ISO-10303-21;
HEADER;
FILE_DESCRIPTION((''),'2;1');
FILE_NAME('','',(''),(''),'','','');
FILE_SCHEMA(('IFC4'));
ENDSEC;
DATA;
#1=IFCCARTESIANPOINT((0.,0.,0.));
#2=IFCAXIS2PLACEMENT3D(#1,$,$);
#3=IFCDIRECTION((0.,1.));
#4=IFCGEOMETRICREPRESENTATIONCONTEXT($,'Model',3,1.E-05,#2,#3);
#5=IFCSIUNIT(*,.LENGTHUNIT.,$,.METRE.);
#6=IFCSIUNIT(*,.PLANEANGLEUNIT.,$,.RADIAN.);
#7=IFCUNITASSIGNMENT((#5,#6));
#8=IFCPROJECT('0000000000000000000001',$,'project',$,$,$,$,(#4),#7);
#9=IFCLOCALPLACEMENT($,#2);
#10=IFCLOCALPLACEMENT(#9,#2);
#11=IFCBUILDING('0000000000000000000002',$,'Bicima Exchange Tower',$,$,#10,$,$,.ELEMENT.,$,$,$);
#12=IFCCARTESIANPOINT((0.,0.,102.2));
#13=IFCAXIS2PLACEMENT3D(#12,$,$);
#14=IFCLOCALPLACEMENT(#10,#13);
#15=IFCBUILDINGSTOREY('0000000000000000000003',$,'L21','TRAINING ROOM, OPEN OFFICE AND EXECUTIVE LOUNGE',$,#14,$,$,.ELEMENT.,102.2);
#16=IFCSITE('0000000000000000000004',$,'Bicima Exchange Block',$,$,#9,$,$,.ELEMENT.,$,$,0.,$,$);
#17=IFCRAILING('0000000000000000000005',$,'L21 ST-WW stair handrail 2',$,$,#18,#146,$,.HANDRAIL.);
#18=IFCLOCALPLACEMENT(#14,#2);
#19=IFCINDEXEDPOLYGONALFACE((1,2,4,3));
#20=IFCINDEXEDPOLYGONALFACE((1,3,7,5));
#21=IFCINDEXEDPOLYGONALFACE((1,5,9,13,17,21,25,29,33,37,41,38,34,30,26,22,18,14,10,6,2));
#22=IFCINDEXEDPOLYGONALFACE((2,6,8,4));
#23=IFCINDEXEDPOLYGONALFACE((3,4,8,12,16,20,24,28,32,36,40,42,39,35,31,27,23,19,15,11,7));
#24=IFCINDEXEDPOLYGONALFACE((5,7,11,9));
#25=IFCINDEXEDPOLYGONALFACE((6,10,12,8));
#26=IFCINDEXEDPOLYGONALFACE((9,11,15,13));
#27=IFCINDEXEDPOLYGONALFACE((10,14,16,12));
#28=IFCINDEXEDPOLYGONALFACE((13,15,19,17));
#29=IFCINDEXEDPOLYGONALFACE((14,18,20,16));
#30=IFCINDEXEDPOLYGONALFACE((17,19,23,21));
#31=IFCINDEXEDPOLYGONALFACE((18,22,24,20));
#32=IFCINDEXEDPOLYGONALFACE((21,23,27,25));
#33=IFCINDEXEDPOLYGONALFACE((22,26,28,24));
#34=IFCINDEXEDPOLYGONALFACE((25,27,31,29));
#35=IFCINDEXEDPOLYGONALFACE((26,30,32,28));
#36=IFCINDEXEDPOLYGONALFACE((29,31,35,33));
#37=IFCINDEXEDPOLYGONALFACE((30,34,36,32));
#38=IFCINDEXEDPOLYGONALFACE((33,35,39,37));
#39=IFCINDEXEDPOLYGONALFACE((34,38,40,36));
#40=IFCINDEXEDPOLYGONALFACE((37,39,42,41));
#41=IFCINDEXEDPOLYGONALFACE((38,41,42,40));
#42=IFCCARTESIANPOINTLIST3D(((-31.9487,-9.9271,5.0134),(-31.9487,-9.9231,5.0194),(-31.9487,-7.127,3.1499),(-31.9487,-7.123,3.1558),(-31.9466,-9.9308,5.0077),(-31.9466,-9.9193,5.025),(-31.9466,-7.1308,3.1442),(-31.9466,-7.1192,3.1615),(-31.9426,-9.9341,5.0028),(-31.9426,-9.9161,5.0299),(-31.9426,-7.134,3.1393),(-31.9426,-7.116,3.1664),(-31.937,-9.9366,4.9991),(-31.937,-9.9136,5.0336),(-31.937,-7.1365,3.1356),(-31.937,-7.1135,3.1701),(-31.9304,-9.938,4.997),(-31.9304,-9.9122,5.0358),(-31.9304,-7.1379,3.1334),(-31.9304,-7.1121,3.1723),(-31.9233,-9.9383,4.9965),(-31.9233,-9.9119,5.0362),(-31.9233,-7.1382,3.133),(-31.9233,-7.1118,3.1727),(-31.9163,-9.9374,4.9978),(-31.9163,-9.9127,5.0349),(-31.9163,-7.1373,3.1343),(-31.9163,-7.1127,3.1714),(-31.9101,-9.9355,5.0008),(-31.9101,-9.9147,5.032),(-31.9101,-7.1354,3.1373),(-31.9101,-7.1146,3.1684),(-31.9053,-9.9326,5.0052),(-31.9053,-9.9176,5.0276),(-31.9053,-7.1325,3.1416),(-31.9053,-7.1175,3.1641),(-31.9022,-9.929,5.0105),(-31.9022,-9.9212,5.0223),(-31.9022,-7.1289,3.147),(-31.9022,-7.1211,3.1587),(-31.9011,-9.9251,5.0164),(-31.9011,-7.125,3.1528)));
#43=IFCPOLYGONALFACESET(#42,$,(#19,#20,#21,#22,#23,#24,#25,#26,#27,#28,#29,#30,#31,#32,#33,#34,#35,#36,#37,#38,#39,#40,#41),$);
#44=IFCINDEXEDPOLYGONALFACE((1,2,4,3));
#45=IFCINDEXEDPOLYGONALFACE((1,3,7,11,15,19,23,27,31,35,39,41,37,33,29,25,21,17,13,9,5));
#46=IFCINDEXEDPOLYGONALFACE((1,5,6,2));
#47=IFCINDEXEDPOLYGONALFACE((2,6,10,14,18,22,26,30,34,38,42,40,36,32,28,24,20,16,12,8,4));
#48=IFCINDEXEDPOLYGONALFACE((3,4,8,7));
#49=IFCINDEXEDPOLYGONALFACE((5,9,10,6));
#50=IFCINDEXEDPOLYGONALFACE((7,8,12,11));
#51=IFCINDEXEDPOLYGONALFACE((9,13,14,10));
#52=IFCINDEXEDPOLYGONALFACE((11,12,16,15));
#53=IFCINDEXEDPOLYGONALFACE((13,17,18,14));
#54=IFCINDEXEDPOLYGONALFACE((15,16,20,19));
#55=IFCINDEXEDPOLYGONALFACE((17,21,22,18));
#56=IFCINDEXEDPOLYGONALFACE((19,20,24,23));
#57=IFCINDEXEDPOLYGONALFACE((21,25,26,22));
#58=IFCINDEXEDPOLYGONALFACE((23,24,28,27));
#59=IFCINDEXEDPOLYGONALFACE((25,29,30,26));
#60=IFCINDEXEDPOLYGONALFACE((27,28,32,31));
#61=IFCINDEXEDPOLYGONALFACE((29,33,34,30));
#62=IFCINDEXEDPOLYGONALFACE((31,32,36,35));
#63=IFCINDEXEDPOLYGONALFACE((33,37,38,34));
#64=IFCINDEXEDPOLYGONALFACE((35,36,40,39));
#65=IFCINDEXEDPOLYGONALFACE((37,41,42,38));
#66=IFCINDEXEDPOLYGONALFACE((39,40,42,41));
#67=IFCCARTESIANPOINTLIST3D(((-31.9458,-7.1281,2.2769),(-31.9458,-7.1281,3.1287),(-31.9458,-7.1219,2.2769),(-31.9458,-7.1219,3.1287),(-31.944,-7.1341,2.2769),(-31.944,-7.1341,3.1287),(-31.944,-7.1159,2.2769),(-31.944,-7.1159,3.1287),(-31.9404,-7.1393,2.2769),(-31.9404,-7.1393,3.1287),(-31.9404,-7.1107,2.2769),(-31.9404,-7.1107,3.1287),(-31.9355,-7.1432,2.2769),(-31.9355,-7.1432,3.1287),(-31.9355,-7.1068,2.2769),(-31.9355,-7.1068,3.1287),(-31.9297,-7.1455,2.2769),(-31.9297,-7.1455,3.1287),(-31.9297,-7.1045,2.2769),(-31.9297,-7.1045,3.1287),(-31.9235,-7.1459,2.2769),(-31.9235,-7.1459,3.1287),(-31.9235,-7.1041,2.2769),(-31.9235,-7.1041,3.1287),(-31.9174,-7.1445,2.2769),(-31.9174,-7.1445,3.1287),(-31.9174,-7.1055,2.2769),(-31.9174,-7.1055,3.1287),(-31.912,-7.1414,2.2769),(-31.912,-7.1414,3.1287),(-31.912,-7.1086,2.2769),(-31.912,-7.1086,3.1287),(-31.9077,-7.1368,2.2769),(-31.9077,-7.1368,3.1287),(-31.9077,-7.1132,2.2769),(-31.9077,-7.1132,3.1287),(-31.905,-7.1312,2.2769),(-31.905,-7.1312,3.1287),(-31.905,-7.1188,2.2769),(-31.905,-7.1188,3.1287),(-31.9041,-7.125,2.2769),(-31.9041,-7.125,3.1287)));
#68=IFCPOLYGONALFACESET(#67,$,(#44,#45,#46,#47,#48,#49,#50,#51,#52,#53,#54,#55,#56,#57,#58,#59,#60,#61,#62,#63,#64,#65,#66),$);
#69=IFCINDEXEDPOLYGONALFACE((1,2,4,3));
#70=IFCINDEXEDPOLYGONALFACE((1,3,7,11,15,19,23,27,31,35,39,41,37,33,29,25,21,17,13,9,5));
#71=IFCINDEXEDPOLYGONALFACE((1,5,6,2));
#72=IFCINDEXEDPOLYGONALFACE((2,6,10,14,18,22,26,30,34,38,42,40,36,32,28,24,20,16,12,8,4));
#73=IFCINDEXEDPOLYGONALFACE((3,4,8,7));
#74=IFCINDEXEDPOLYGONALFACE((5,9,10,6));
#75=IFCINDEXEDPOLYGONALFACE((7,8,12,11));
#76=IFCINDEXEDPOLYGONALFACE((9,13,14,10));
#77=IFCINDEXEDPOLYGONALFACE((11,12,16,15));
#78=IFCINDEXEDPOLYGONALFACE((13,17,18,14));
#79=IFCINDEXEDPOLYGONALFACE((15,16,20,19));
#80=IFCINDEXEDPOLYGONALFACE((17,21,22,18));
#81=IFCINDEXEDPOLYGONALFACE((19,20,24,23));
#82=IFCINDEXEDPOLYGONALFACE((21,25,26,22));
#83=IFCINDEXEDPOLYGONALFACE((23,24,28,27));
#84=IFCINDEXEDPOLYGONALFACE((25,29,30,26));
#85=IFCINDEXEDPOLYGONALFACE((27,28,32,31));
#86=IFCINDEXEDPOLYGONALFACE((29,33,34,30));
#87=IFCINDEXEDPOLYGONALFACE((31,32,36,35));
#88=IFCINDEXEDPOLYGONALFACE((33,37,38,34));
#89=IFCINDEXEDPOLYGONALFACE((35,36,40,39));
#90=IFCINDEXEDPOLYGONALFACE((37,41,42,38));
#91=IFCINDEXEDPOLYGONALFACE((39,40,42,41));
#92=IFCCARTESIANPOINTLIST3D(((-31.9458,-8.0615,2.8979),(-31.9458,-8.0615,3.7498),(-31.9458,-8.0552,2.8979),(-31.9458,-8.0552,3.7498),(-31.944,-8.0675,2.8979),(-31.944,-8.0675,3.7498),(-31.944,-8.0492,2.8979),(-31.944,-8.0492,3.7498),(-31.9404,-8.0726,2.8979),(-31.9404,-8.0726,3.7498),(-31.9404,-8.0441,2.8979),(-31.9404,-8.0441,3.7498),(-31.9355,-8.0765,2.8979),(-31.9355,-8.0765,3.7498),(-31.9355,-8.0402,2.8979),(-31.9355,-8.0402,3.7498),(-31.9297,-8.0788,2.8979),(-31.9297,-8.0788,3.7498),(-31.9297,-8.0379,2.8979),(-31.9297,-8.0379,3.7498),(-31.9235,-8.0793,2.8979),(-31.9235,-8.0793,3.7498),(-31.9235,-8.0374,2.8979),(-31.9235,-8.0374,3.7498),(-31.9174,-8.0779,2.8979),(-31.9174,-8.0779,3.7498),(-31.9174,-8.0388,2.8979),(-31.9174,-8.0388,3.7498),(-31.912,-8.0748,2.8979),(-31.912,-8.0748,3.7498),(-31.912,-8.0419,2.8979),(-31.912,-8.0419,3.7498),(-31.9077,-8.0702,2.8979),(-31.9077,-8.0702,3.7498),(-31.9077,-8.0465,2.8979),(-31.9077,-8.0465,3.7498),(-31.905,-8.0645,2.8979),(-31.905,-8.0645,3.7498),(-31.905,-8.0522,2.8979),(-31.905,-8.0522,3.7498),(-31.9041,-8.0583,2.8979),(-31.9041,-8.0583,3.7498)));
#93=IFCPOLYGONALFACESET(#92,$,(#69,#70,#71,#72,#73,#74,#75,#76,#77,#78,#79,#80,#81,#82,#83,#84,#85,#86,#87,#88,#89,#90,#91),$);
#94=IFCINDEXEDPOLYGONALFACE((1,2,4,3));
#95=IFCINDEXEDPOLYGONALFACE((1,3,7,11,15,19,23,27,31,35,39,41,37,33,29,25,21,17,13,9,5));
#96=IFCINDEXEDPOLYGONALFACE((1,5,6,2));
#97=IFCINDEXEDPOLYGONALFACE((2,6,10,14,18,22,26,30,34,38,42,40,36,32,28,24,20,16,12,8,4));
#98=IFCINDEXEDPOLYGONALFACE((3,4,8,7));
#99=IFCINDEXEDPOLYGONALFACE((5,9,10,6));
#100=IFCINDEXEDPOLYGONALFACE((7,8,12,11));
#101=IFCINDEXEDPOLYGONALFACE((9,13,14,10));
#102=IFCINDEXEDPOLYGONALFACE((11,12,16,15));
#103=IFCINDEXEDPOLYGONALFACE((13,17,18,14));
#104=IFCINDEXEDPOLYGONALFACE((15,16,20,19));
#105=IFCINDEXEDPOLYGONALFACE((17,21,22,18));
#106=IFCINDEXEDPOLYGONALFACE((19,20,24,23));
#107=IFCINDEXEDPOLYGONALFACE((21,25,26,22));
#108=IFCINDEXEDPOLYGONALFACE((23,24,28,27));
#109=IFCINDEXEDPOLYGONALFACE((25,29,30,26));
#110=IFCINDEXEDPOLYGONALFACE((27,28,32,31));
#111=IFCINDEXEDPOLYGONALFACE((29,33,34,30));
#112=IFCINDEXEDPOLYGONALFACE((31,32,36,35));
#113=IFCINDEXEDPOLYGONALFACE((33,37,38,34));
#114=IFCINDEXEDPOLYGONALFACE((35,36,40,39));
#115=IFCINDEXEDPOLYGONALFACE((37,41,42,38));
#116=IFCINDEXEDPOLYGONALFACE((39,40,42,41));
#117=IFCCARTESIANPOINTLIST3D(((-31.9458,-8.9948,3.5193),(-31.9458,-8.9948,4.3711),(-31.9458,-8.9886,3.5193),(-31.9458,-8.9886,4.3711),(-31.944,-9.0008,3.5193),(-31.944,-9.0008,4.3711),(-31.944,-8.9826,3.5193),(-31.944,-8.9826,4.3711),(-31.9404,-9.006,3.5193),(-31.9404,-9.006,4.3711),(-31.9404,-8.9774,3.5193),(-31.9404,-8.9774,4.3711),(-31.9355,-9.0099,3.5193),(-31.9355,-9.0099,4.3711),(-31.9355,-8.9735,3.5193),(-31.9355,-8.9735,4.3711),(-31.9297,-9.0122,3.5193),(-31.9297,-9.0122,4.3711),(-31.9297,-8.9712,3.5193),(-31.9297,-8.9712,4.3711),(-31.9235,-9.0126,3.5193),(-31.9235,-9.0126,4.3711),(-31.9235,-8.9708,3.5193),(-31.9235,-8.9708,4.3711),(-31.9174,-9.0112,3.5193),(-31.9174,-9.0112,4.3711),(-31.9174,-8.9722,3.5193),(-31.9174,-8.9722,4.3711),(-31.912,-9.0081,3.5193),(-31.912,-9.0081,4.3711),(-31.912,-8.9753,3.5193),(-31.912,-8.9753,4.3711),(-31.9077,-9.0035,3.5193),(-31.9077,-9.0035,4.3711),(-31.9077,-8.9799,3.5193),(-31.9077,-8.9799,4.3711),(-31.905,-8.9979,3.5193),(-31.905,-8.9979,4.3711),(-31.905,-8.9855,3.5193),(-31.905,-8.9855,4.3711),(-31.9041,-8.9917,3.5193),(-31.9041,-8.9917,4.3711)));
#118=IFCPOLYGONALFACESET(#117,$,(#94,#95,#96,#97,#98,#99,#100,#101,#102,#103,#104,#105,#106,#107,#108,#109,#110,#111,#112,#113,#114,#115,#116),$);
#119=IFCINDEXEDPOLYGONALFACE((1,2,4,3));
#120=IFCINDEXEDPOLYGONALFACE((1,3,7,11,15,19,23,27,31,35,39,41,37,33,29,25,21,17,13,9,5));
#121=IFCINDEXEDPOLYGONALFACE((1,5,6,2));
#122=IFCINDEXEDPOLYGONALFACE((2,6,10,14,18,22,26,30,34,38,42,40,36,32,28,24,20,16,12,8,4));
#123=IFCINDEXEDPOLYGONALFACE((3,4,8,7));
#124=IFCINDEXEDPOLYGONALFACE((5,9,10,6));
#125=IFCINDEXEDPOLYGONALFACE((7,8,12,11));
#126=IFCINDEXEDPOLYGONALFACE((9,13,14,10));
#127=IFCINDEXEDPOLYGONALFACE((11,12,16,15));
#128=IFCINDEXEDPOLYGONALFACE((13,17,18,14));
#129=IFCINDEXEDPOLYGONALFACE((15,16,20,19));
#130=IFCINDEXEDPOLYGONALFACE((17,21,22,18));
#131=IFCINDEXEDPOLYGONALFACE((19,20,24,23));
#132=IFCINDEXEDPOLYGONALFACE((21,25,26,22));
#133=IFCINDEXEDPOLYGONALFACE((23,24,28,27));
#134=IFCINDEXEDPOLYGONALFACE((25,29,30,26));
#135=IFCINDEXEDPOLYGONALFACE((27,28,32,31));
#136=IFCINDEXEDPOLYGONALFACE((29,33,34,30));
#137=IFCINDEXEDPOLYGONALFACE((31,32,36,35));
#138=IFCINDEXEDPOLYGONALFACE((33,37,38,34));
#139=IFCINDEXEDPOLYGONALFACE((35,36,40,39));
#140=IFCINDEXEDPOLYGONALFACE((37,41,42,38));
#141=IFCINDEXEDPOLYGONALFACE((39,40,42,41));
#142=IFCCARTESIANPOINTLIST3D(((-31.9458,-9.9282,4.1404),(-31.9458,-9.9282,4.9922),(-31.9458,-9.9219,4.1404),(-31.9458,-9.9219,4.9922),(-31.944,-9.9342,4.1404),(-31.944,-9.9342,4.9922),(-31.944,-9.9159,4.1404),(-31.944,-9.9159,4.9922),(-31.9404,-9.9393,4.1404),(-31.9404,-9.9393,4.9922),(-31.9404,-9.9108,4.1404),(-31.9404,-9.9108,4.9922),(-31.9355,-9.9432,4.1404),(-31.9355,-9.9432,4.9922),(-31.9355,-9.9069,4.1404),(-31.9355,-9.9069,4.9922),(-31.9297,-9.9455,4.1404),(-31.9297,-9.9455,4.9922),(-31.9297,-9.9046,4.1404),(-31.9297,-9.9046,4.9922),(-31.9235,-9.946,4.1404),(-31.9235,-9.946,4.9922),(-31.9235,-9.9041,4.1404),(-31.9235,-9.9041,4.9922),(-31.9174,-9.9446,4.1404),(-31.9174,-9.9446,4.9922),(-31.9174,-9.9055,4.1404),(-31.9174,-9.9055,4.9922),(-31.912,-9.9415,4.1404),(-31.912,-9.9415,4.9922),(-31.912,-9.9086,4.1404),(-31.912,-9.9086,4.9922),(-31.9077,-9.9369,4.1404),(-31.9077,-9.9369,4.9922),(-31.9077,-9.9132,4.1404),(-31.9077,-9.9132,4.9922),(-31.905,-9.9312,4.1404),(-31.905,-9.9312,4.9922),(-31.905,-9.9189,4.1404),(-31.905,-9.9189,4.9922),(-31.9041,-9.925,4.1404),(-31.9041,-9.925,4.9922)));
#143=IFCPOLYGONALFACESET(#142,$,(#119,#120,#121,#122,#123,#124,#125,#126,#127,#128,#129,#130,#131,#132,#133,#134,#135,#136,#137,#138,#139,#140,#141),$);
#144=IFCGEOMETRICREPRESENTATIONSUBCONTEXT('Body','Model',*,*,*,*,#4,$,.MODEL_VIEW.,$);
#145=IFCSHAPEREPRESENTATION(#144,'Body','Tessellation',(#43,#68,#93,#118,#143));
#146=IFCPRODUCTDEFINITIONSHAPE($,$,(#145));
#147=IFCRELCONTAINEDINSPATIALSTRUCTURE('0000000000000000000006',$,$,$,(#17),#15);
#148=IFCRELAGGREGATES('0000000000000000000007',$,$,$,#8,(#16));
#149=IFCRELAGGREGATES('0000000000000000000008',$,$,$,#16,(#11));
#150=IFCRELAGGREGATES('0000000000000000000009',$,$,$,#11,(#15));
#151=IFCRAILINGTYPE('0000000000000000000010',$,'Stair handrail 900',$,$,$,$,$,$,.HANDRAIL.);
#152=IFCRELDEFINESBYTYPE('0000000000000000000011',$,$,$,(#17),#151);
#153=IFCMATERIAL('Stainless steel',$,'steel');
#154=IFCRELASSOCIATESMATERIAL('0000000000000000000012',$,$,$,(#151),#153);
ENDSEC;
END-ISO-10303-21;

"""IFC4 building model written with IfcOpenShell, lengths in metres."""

from ifc_helpers import new_model, si_unit, direction, frame, origin, origin_2d, place, context, subcontext, project, spatial, circle, extrude, material, type_object, element, save


model = new_model("IFC4")

# Units and contexts
model_context = context("Model", 3, precision=1e-05, world=origin(), true_north=direction((0.0, 1.0)))
body_context = subcontext(model_context, "Body", "Model", "MODEL_VIEW")
ifc_project = project(units=[si_unit("LENGTHUNIT", "METRE"), si_unit("PLANEANGLEUNIT", "RADIAN")], contexts=[model_context])

# Site, building, storey
site_placement = place(None, origin())
site = spatial("IfcSite", under=ifc_project, at=site_placement, Name="Bicima Exchange Block", CompositionType="ELEMENT", RefElevation=0.0)
building_placement = place(site_placement, origin())
building = spatial("IfcBuilding", under=site, at=building_placement, Name="Bicima Exchange Tower", CompositionType="ELEMENT")
storey_placement = place(building_placement, frame((0.0, 0.0, 102.2)))
storey = spatial("IfcBuildingStorey", under=building, at=storey_placement, Name="L21", Description="TRAINING ROOM, OPEN OFFICE AND EXECUTIVE LOUNGE", CompositionType="ELEMENT", Elevation=102.2)

# Railing
ifc_material_1 = material(Name="Stainless steel", Category="steel")
railing_type = type_object("IfcRailingType", Name="Stair handrail 900", PredefinedType="HANDRAIL", material=ifc_material_1)
railing_placement = place(storey_placement, frame((-31.925, -7.125, 2.2769)))
element("IfcRailing", 1, at=railing_placement, inside=storey, type_object=railing_type, Name="L21 ST-WW stair handrail 2", PredefinedType="HANDRAIL", context=body_context, shape_type="SweptSolid", body=[
    extrude(circle(Radius=0.0239, at=origin_2d()), frame((0.0, 0.0, 0.876), z_axis=(0.0, -0.832486, 0.554047), x_axis=(1.0, 0.0, 0.0)), (0.0, 0.0, 1.0), 3.3635),
    extrude(circle(Radius=0.021, at=origin_2d()), origin(), (0.0, 0.0, 1.0), 0.8518),
    extrude(circle(Radius=0.021, at=origin_2d()), frame((0.0, -0.9333, 0.6211)), (0.0, 0.0, 1.0), 0.8518),
    extrude(circle(Radius=0.021, at=origin_2d()), frame((0.0, -1.8667, 1.2424)), (0.0, 0.0, 1.0), 0.8518),
    extrude(circle(Radius=0.021, at=origin_2d()), frame((0.0, -2.8, 1.8635)), (0.0, 0.0, 1.0), 0.8518),
])

save(model, "model.ifc")
